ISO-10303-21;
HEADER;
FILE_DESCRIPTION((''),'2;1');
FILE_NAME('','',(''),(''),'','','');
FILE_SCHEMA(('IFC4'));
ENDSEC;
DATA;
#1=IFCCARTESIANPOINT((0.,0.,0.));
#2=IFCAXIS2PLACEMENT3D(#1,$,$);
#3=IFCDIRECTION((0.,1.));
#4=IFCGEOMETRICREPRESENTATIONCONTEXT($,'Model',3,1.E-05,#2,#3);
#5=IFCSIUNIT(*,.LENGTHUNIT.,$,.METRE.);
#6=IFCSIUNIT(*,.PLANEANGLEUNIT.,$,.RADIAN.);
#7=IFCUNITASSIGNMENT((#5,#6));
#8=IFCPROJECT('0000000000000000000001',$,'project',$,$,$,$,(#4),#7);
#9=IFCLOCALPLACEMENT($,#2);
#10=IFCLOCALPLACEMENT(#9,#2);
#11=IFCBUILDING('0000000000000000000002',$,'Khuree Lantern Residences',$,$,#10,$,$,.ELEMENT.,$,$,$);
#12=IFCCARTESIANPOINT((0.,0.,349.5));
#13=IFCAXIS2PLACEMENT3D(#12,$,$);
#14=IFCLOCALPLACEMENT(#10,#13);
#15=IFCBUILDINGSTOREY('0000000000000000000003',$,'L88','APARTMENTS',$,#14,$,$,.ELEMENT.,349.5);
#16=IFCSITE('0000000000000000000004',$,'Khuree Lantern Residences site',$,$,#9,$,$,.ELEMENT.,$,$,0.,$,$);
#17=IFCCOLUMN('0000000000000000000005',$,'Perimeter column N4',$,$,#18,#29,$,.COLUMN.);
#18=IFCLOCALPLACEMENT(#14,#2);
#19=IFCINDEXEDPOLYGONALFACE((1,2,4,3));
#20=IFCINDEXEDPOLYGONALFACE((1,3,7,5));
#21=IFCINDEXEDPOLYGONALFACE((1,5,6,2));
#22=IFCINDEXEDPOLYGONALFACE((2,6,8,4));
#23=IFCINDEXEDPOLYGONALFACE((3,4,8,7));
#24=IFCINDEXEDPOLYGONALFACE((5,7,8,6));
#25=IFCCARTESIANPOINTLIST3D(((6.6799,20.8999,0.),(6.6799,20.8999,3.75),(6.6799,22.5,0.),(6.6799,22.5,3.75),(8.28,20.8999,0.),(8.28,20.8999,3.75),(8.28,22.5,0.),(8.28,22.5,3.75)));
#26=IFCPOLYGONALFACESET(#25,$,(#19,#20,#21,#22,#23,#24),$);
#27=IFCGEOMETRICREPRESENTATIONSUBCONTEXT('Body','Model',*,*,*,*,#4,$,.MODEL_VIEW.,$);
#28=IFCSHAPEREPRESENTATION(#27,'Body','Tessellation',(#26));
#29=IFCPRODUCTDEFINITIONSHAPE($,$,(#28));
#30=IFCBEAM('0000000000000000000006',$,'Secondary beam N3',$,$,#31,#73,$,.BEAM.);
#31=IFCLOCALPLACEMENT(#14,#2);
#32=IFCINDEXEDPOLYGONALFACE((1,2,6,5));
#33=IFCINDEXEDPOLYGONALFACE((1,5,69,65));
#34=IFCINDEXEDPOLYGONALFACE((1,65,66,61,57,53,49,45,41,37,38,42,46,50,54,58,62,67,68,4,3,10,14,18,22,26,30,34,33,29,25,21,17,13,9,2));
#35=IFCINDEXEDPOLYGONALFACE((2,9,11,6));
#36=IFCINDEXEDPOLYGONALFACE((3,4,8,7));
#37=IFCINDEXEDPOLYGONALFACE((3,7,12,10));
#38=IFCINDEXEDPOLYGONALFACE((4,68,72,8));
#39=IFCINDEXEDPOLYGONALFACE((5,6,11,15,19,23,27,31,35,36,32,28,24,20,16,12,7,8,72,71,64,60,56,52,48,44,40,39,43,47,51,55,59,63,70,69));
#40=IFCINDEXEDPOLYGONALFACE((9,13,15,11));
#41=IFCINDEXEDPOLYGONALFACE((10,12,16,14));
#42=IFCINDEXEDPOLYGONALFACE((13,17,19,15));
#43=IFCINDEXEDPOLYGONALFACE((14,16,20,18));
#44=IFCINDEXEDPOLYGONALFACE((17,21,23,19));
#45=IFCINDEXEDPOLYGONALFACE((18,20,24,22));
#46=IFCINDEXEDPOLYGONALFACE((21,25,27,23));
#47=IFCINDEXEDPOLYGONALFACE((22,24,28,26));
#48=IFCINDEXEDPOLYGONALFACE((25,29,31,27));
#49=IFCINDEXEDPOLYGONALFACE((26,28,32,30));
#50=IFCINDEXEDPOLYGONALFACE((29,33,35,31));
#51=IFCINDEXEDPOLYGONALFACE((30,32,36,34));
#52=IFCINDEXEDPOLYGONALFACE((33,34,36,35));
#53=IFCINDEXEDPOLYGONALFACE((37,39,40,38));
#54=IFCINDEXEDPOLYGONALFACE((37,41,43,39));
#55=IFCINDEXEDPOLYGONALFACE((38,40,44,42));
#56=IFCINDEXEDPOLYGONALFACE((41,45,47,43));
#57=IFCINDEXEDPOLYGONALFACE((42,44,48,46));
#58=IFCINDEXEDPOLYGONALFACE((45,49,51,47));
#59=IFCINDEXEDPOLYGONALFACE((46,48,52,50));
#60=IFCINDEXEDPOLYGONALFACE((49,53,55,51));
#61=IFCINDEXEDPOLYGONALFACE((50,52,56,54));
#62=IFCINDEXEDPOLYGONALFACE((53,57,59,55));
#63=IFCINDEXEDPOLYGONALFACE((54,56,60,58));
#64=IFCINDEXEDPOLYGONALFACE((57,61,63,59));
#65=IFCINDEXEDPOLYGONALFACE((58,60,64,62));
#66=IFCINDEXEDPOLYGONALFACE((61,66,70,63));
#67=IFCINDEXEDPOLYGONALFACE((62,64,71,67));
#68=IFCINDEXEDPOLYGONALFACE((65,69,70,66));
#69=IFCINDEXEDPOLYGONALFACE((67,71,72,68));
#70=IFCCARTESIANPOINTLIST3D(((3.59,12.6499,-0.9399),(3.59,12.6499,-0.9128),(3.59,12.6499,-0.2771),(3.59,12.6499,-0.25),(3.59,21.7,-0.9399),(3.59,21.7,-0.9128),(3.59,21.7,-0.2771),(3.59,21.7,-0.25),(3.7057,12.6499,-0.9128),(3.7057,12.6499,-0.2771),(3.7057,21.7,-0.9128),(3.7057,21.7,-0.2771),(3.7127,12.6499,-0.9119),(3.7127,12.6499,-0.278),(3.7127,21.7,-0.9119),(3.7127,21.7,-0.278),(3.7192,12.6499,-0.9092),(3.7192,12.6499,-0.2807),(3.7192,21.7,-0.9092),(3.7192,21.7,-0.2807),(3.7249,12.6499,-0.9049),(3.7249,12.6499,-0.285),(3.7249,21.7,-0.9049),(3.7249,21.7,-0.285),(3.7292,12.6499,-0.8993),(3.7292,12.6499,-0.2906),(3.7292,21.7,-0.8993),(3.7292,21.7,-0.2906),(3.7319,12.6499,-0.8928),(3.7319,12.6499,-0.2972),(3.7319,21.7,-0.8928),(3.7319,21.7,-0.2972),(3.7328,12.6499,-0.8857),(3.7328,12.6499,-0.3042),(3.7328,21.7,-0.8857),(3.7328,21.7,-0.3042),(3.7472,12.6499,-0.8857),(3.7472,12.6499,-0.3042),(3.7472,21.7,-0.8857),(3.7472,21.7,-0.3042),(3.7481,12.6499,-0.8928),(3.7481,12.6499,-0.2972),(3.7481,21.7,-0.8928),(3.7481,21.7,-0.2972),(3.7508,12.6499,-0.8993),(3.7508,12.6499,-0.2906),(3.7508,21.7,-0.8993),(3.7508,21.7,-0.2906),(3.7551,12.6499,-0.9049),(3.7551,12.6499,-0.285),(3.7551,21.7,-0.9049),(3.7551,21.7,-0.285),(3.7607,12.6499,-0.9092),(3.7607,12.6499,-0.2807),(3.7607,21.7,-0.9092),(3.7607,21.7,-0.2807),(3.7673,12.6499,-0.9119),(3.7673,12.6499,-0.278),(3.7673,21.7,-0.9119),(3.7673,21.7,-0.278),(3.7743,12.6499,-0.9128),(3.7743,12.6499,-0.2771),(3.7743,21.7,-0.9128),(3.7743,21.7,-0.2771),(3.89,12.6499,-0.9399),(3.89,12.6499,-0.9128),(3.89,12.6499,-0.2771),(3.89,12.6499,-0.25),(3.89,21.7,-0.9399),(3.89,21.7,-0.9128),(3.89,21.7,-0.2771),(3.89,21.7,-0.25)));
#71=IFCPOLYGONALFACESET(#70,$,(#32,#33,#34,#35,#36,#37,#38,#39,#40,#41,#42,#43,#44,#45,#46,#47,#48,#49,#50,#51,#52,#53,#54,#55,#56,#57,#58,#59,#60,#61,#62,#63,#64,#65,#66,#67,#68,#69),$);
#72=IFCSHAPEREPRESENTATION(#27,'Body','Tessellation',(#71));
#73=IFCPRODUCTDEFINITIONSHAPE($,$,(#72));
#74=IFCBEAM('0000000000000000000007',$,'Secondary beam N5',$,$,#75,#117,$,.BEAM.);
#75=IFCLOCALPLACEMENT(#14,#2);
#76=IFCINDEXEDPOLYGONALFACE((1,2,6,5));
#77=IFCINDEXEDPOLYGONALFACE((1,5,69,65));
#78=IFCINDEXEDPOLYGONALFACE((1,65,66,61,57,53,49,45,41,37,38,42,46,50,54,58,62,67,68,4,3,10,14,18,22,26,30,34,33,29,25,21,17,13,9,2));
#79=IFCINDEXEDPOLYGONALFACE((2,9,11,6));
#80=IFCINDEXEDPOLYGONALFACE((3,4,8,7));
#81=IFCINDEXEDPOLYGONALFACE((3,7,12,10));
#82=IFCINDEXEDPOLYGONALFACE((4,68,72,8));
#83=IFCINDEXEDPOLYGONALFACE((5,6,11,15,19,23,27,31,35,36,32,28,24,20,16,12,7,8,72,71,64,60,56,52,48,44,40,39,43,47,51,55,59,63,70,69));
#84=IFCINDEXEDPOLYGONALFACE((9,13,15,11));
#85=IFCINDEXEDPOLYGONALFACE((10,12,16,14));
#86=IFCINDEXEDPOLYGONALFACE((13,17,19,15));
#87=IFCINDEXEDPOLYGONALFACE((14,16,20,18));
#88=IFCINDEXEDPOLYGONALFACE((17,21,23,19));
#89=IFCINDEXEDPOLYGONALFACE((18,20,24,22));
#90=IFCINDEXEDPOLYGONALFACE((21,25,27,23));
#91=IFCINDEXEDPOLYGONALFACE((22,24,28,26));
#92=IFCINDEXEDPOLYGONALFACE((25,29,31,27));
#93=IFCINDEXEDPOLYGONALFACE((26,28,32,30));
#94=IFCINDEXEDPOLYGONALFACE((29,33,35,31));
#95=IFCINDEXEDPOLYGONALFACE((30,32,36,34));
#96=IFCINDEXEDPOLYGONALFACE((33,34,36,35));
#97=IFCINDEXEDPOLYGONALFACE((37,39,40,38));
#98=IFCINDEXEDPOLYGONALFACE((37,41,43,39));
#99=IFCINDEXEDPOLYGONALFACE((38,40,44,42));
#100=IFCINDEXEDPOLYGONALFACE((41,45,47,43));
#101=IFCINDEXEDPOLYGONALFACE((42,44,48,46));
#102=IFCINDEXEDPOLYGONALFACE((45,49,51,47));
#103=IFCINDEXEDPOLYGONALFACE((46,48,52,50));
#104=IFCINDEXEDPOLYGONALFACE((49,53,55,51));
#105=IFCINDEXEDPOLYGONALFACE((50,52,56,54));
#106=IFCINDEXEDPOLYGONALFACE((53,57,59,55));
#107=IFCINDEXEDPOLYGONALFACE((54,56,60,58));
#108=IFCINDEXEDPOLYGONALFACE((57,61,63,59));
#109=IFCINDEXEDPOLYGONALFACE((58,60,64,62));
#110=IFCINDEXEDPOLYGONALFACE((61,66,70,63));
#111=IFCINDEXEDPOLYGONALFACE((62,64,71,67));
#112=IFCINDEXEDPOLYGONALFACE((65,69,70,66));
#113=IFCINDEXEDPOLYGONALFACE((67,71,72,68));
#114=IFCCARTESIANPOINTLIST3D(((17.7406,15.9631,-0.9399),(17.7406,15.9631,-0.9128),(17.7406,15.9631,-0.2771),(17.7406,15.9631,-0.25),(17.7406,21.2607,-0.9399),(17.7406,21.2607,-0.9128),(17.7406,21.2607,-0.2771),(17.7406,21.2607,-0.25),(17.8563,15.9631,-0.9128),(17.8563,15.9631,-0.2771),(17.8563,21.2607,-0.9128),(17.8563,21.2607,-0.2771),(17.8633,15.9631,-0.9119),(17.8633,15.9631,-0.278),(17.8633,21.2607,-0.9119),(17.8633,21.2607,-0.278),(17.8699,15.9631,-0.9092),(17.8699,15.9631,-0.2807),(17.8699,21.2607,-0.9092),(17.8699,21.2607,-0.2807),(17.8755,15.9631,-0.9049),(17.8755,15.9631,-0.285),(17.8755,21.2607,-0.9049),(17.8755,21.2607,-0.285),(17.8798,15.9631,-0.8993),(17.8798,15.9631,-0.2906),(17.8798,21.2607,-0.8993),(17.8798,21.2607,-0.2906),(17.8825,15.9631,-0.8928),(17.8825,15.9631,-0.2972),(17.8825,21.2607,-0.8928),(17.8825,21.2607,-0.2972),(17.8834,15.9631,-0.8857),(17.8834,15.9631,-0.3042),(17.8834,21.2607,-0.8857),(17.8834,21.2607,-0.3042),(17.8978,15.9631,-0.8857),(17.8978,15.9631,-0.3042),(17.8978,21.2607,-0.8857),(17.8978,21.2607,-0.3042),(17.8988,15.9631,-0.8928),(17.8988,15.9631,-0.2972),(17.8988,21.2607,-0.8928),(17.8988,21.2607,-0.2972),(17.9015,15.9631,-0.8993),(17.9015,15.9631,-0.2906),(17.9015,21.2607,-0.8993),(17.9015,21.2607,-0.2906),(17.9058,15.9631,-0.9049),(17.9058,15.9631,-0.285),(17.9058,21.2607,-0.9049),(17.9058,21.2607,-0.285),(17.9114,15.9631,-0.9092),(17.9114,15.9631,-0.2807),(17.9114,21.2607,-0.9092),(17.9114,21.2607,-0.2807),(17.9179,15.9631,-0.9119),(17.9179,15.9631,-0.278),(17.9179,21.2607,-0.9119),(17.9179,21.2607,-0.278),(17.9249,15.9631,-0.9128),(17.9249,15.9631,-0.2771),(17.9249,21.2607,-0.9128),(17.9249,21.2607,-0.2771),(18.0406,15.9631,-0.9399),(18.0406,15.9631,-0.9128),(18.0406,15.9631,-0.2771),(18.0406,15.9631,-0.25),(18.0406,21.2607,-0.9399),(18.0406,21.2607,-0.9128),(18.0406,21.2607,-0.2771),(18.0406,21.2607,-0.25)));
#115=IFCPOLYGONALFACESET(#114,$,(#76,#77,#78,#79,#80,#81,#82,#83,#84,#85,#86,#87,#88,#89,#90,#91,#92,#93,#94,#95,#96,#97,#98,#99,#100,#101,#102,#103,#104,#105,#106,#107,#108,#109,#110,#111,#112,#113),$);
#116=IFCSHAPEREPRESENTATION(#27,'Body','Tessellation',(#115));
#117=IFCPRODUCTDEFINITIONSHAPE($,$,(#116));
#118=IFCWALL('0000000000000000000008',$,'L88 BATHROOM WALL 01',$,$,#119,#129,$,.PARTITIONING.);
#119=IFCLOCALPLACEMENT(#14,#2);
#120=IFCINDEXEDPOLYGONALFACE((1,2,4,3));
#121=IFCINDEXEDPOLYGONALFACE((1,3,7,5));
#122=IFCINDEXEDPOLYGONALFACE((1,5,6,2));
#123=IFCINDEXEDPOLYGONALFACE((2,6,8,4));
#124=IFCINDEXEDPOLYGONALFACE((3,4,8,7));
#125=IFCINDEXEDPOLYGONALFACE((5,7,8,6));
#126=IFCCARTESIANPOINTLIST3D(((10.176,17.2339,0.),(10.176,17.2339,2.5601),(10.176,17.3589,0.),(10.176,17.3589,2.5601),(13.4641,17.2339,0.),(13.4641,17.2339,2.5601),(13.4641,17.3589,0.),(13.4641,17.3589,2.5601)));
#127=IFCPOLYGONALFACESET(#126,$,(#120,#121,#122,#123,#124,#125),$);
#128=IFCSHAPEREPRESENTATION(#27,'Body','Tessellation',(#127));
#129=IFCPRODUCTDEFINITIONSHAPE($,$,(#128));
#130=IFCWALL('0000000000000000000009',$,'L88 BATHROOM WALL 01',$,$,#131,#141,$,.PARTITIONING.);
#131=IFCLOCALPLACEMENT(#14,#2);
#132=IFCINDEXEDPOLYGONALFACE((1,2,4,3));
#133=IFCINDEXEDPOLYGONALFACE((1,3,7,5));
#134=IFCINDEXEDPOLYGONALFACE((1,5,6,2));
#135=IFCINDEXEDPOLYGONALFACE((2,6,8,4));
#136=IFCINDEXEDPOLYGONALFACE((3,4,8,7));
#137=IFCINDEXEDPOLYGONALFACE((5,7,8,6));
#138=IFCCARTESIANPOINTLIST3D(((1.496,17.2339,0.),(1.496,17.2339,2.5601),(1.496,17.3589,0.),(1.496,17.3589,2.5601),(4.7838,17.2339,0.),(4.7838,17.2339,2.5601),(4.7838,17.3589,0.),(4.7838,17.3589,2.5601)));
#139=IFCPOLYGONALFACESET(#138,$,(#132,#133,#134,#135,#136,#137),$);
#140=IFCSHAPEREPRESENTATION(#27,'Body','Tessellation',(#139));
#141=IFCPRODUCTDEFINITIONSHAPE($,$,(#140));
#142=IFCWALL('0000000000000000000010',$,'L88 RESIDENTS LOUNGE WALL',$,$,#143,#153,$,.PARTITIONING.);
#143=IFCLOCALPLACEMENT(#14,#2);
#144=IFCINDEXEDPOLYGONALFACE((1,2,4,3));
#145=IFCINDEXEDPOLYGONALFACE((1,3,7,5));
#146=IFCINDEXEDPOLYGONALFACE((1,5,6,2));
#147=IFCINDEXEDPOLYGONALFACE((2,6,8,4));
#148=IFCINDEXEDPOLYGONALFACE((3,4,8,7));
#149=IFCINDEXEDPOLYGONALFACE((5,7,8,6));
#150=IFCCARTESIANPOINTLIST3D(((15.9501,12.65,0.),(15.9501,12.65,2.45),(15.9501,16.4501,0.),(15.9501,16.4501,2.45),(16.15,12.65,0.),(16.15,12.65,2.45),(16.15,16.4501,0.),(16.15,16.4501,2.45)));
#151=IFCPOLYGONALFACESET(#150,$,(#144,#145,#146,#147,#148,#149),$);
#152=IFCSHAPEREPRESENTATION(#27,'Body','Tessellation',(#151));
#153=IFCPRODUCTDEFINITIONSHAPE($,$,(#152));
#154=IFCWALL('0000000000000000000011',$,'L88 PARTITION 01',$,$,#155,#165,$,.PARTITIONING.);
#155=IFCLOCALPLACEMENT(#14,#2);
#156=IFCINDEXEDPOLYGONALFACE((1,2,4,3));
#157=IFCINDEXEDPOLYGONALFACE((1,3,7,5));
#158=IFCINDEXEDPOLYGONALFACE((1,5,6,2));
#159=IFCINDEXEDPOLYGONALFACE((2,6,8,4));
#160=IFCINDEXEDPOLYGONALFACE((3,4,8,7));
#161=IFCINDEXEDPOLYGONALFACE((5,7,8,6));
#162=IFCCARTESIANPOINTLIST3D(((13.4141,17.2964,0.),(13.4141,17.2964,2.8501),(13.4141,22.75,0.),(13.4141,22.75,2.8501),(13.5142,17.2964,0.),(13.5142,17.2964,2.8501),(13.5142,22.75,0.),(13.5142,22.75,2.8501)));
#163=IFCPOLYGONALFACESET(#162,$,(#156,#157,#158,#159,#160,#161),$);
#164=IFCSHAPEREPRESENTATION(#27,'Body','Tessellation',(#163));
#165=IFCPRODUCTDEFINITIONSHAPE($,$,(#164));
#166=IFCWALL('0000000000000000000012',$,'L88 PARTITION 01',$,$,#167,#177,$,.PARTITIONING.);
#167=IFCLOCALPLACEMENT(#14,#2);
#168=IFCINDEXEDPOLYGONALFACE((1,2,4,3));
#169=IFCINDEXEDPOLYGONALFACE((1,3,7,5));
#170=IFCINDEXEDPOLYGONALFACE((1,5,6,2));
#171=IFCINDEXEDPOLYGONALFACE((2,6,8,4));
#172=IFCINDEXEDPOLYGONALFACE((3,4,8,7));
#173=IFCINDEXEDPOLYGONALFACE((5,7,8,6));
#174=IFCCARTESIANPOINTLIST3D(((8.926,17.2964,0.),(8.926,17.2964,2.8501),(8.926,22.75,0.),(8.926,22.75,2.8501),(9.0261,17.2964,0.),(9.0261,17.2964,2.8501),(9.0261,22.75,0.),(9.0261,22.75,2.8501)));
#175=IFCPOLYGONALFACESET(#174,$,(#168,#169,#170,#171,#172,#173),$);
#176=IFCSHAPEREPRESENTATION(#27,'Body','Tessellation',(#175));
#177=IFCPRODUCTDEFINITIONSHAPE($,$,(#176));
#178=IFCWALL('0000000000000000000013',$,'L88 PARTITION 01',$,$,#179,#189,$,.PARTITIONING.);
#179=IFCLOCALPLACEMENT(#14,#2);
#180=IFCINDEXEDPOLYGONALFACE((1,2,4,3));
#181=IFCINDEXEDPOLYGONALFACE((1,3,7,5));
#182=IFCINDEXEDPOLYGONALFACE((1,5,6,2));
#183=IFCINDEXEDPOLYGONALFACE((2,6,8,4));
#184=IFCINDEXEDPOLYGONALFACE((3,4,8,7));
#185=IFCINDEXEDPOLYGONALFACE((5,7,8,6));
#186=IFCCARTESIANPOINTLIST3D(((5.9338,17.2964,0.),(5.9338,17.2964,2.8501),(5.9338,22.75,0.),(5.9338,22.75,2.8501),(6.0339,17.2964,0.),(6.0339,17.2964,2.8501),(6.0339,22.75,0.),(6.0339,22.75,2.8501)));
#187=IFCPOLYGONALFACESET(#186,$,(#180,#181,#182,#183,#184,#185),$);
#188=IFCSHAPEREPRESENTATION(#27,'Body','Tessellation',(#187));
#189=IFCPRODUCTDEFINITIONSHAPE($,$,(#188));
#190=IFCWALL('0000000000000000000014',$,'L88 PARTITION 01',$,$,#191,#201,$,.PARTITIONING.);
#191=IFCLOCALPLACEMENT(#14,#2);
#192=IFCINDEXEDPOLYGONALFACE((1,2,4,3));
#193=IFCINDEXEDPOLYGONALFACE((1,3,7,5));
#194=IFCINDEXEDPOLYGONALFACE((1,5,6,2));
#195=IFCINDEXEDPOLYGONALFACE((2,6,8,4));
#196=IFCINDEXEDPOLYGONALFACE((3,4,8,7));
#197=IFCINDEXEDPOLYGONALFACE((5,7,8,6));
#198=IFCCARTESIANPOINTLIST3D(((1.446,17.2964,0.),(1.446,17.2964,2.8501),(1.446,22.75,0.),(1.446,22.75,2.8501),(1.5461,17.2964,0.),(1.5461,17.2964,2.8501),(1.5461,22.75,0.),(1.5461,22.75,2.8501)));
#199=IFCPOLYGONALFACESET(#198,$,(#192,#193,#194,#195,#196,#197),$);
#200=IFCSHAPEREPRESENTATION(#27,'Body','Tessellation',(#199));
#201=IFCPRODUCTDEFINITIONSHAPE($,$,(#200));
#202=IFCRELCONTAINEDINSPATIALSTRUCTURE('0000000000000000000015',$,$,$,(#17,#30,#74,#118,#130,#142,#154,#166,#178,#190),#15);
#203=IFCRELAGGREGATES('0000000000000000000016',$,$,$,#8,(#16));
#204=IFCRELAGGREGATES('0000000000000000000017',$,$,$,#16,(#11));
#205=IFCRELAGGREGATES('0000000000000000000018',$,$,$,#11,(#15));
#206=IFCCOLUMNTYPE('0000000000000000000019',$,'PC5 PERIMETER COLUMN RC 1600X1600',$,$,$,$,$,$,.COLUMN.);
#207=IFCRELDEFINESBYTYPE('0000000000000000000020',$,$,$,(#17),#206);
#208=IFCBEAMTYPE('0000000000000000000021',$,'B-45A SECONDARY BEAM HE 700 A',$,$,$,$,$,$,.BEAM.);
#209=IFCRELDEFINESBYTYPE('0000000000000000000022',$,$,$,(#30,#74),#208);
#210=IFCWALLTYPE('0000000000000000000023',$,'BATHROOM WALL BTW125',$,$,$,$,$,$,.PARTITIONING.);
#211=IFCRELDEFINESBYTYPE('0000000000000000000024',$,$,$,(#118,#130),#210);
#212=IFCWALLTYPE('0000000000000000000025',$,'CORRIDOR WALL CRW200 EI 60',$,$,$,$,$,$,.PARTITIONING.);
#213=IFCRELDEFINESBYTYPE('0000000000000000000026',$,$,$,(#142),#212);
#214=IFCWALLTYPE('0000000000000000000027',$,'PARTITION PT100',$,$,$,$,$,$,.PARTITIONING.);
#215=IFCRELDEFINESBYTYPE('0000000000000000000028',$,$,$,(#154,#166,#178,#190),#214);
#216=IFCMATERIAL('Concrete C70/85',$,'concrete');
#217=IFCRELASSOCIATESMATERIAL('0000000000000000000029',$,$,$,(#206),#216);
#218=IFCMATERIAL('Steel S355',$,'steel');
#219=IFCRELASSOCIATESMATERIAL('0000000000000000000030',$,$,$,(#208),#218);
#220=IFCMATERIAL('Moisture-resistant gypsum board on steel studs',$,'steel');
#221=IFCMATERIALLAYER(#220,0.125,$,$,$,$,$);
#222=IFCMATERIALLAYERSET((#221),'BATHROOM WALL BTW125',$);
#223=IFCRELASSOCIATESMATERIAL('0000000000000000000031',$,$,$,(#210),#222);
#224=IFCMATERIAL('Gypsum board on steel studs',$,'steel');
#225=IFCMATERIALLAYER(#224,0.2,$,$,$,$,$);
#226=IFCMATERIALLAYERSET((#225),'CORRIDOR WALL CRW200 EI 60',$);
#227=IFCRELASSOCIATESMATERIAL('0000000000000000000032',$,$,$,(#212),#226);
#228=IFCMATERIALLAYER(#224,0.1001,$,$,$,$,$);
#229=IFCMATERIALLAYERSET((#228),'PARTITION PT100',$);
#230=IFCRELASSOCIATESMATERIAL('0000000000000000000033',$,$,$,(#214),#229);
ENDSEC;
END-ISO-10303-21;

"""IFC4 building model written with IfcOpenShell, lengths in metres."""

from ifc_helpers import new_model, si_unit, direction, frame, frame_2d, origin, origin_2d, place, context, subcontext, project, spatial, rectangle, i_section, extrude, material, layer, layer_set, material_profile, profile_set, type_object, element, save


model = new_model("IFC4")

# Units and contexts
model_context = context("Model", 3, precision=1e-05, world=origin(), true_north=direction((0.0, 1.0)))
body_context = subcontext(model_context, "Body", "Model", "MODEL_VIEW")
ifc_project = project(units=[si_unit("LENGTHUNIT", "METRE"), si_unit("PLANEANGLEUNIT", "RADIAN")], contexts=[model_context])

# Site, building, storey
site_placement = place(None, origin())
site = spatial("IfcSite", under=ifc_project, at=site_placement, Name="Khuree Lantern Residences site", CompositionType="ELEMENT", RefElevation=0.0)
building_placement = place(site_placement, origin())
building = spatial("IfcBuilding", under=site, at=building_placement, Name="Khuree Lantern Residences", CompositionType="ELEMENT")
storey_placement = place(building_placement, frame((0.0, 0.0, 349.5)))
storey = spatial("IfcBuildingStorey", under=building, at=storey_placement, Name="L88", Description="APARTMENTS", CompositionType="ELEMENT", Elevation=349.5)

# Column
ifc_material_1 = material(Name="Concrete C70/85", Category="concrete")
ifc_material_profile_1 = material_profile(ifc_material_1, rectangle(XDim=1.6001, YDim=1.6001, at=origin_2d()), Name="RC 1600X1600")
ifc_profile_set_1 = profile_set([ifc_material_profile_1], Name="Concrete C70/85")
column_type = type_object("IfcColumnType", Name="PC5 PERIMETER COLUMN RC 1600X1600", PredefinedType="COLUMN", material=ifc_profile_set_1)
column_placement = place(storey_placement, frame((7.48, 21.7, 0.0), z_axis=(0.0, 0.0, 1.0), x_axis=(1.0, 0.0, 0.0)))
element("IfcColumn", 1, at=column_placement, inside=storey, type_object=column_type, Name="Perimeter column N4", PredefinedType="COLUMN", context=body_context, shape_type="SweptSolid", body=[
    extrude(rectangle(XDim=1.6001, YDim=1.6001, at=origin_2d()), origin(), (0.0, 0.0, 1.0), 3.75),
])

# Beams
ifc_material_2 = material(Name="Steel S355", Category="steel")
ifc_material_profile_2 = material_profile(ifc_material_2, i_section(OverallWidth=0.3, OverallDepth=0.6899, WebThickness=0.0144, FlangeThickness=0.0271, FilletRadius=0.0271, at=origin_2d()), Name="HE 700 A")
ifc_profile_set_2 = profile_set([ifc_material_profile_2], Name="Steel S355")
beam_type = type_object("IfcBeamType", Name="B-45A SECONDARY BEAM HE 700 A", PredefinedType="BEAM", material=ifc_profile_set_2)
beam_1_placement = place(storey_placement, frame((3.74, 21.7, -0.595), z_axis=(0.0, -1.0, 0.0), x_axis=(1.0, 0.0, 0.0)))
element("IfcBeam", 2, at=beam_1_placement, inside=storey, type_object=beam_type, Name="Secondary beam N3", PredefinedType="BEAM", context=body_context, shape_type="SweptSolid", body=[
    extrude(i_section(OverallWidth=0.3, OverallDepth=0.6899, WebThickness=0.0144, FlangeThickness=0.0271, FilletRadius=0.0271, at=origin_2d()), origin(), (0.0, 0.0, 1.0), 9.05),
])
beam_2_placement = place(storey_placement, frame((17.8906, 21.2607, -0.595), z_axis=(0.0, -1.0, 0.0), x_axis=(1.0, 0.0, 0.0)))
element("IfcBeam", 3, at=beam_2_placement, inside=storey, type_object=beam_type, Name="Secondary beam N5", PredefinedType="BEAM", context=body_context, shape_type="SweptSolid", body=[
    extrude(i_section(OverallWidth=0.3, OverallDepth=0.6899, WebThickness=0.0144, FlangeThickness=0.0271, FilletRadius=0.0271, at=origin_2d()), origin(), (0.0, 0.0, 1.0), 5.2976),
])

# Walls
ifc_material_3 = material(Name="Moisture-resistant gypsum board on steel studs", Category="steel")
ifc_layer_1 = layer(ifc_material_3, 0.125)
ifc_layer_set_1 = layer_set([ifc_layer_1], Name="BATHROOM WALL BTW125")
wall_type_1 = type_object("IfcWallType", Name="BATHROOM WALL BTW125", PredefinedType="PARTITIONING", material=ifc_layer_set_1)
wall_1_placement = place(storey_placement, frame((13.4641, 17.2964, 0.0), z_axis=(0.0, 0.0, 1.0), x_axis=(-1.0, 0.0, 0.0)))
element("IfcWall", 4, at=wall_1_placement, inside=storey, type_object=wall_type_1, Name="L88 BATHROOM WALL 01", PredefinedType="PARTITIONING", context=body_context, shape_type="SweptSolid", body=[
    extrude(rectangle(XDim=3.2881, YDim=0.125, at=frame_2d((1.644, 0.0))), origin(), (0.0, 0.0, 1.0), 2.5601),
])
wall_2_placement = place(storey_placement, frame((4.7839, 17.2964, 0.0), z_axis=(0.0, 0.0, 1.0), x_axis=(-1.0, 0.0, 0.0)))
element("IfcWall", 5, at=wall_2_placement, inside=storey, type_object=wall_type_1, Name="L88 BATHROOM WALL 01", PredefinedType="PARTITIONING", context=body_context, shape_type="SweptSolid", body=[
    extrude(rectangle(XDim=3.2878, YDim=0.125, at=frame_2d((1.644, 0.0))), origin(), (0.0, 0.0, 1.0), 2.5601),
])
ifc_material_4 = material(Name="Gypsum board on steel studs", Category="steel")
ifc_layer_2 = layer(ifc_material_4, 0.2)
ifc_layer_set_2 = layer_set([ifc_layer_2], Name="CORRIDOR WALL CRW200 EI 60")
wall_type_2 = type_object("IfcWallType", Name="CORRIDOR WALL CRW200 EI 60", PredefinedType="PARTITIONING", material=ifc_layer_set_2)
wall_3_placement = place(storey_placement, frame((16.05, 16.45, 0.0), z_axis=(0.0, 0.0, 1.0), x_axis=(0.0, -1.0, 0.0)))
element("IfcWall", 6, at=wall_3_placement, inside=storey, type_object=wall_type_2, Name="L88 RESIDENTS LOUNGE WALL", PredefinedType="PARTITIONING", context=body_context, shape_type="SweptSolid", body=[
    extrude(rectangle(XDim=3.8, YDim=0.2, at=frame_2d((1.8999, 0.0))), origin(), (0.0, 0.0, 1.0), 2.45),
])
ifc_layer_3 = layer(ifc_material_4, 0.1001)
ifc_layer_set_3 = layer_set([ifc_layer_3], Name="PARTITION PT100")
wall_type_3 = type_object("IfcWallType", Name="PARTITION PT100", PredefinedType="PARTITIONING", material=ifc_layer_set_3)
for number, where, z_axis, x_axis, name in (
    (7, (13.4641, 17.2964, 0.0), (0.0, 0.0, 1.0), (0.0, 1.0, 0.0), "L88 PARTITION 01"),
    (8, (8.9761, 17.2964, 0.0), (0.0, 0.0, 1.0), (0.0, 1.0, 0.0), "L88 PARTITION 01"),
    (9, (5.9839, 17.2964, 0.0), (0.0, 0.0, 1.0), (0.0, 1.0, 0.0), "L88 PARTITION 01"),
    (10, (1.4961, 17.2964, 0.0), (0.0, 0.0, 1.0), (0.0, 1.0, 0.0), "L88 PARTITION 01"),
):
    element("IfcWall", number, at=place(storey_placement, frame(where, z_axis=z_axis, x_axis=x_axis)), inside=storey, type_object=wall_type_3, Name=name, PredefinedType="PARTITIONING", context=body_context, shape_type="SweptSolid", body=[
        extrude(rectangle(XDim=5.4536, YDim=0.1001, at=frame_2d((2.7268, 0.0))), origin(), (0.0, 0.0, 1.0), 2.8501),
    ])

save(model, "model.ifc")
